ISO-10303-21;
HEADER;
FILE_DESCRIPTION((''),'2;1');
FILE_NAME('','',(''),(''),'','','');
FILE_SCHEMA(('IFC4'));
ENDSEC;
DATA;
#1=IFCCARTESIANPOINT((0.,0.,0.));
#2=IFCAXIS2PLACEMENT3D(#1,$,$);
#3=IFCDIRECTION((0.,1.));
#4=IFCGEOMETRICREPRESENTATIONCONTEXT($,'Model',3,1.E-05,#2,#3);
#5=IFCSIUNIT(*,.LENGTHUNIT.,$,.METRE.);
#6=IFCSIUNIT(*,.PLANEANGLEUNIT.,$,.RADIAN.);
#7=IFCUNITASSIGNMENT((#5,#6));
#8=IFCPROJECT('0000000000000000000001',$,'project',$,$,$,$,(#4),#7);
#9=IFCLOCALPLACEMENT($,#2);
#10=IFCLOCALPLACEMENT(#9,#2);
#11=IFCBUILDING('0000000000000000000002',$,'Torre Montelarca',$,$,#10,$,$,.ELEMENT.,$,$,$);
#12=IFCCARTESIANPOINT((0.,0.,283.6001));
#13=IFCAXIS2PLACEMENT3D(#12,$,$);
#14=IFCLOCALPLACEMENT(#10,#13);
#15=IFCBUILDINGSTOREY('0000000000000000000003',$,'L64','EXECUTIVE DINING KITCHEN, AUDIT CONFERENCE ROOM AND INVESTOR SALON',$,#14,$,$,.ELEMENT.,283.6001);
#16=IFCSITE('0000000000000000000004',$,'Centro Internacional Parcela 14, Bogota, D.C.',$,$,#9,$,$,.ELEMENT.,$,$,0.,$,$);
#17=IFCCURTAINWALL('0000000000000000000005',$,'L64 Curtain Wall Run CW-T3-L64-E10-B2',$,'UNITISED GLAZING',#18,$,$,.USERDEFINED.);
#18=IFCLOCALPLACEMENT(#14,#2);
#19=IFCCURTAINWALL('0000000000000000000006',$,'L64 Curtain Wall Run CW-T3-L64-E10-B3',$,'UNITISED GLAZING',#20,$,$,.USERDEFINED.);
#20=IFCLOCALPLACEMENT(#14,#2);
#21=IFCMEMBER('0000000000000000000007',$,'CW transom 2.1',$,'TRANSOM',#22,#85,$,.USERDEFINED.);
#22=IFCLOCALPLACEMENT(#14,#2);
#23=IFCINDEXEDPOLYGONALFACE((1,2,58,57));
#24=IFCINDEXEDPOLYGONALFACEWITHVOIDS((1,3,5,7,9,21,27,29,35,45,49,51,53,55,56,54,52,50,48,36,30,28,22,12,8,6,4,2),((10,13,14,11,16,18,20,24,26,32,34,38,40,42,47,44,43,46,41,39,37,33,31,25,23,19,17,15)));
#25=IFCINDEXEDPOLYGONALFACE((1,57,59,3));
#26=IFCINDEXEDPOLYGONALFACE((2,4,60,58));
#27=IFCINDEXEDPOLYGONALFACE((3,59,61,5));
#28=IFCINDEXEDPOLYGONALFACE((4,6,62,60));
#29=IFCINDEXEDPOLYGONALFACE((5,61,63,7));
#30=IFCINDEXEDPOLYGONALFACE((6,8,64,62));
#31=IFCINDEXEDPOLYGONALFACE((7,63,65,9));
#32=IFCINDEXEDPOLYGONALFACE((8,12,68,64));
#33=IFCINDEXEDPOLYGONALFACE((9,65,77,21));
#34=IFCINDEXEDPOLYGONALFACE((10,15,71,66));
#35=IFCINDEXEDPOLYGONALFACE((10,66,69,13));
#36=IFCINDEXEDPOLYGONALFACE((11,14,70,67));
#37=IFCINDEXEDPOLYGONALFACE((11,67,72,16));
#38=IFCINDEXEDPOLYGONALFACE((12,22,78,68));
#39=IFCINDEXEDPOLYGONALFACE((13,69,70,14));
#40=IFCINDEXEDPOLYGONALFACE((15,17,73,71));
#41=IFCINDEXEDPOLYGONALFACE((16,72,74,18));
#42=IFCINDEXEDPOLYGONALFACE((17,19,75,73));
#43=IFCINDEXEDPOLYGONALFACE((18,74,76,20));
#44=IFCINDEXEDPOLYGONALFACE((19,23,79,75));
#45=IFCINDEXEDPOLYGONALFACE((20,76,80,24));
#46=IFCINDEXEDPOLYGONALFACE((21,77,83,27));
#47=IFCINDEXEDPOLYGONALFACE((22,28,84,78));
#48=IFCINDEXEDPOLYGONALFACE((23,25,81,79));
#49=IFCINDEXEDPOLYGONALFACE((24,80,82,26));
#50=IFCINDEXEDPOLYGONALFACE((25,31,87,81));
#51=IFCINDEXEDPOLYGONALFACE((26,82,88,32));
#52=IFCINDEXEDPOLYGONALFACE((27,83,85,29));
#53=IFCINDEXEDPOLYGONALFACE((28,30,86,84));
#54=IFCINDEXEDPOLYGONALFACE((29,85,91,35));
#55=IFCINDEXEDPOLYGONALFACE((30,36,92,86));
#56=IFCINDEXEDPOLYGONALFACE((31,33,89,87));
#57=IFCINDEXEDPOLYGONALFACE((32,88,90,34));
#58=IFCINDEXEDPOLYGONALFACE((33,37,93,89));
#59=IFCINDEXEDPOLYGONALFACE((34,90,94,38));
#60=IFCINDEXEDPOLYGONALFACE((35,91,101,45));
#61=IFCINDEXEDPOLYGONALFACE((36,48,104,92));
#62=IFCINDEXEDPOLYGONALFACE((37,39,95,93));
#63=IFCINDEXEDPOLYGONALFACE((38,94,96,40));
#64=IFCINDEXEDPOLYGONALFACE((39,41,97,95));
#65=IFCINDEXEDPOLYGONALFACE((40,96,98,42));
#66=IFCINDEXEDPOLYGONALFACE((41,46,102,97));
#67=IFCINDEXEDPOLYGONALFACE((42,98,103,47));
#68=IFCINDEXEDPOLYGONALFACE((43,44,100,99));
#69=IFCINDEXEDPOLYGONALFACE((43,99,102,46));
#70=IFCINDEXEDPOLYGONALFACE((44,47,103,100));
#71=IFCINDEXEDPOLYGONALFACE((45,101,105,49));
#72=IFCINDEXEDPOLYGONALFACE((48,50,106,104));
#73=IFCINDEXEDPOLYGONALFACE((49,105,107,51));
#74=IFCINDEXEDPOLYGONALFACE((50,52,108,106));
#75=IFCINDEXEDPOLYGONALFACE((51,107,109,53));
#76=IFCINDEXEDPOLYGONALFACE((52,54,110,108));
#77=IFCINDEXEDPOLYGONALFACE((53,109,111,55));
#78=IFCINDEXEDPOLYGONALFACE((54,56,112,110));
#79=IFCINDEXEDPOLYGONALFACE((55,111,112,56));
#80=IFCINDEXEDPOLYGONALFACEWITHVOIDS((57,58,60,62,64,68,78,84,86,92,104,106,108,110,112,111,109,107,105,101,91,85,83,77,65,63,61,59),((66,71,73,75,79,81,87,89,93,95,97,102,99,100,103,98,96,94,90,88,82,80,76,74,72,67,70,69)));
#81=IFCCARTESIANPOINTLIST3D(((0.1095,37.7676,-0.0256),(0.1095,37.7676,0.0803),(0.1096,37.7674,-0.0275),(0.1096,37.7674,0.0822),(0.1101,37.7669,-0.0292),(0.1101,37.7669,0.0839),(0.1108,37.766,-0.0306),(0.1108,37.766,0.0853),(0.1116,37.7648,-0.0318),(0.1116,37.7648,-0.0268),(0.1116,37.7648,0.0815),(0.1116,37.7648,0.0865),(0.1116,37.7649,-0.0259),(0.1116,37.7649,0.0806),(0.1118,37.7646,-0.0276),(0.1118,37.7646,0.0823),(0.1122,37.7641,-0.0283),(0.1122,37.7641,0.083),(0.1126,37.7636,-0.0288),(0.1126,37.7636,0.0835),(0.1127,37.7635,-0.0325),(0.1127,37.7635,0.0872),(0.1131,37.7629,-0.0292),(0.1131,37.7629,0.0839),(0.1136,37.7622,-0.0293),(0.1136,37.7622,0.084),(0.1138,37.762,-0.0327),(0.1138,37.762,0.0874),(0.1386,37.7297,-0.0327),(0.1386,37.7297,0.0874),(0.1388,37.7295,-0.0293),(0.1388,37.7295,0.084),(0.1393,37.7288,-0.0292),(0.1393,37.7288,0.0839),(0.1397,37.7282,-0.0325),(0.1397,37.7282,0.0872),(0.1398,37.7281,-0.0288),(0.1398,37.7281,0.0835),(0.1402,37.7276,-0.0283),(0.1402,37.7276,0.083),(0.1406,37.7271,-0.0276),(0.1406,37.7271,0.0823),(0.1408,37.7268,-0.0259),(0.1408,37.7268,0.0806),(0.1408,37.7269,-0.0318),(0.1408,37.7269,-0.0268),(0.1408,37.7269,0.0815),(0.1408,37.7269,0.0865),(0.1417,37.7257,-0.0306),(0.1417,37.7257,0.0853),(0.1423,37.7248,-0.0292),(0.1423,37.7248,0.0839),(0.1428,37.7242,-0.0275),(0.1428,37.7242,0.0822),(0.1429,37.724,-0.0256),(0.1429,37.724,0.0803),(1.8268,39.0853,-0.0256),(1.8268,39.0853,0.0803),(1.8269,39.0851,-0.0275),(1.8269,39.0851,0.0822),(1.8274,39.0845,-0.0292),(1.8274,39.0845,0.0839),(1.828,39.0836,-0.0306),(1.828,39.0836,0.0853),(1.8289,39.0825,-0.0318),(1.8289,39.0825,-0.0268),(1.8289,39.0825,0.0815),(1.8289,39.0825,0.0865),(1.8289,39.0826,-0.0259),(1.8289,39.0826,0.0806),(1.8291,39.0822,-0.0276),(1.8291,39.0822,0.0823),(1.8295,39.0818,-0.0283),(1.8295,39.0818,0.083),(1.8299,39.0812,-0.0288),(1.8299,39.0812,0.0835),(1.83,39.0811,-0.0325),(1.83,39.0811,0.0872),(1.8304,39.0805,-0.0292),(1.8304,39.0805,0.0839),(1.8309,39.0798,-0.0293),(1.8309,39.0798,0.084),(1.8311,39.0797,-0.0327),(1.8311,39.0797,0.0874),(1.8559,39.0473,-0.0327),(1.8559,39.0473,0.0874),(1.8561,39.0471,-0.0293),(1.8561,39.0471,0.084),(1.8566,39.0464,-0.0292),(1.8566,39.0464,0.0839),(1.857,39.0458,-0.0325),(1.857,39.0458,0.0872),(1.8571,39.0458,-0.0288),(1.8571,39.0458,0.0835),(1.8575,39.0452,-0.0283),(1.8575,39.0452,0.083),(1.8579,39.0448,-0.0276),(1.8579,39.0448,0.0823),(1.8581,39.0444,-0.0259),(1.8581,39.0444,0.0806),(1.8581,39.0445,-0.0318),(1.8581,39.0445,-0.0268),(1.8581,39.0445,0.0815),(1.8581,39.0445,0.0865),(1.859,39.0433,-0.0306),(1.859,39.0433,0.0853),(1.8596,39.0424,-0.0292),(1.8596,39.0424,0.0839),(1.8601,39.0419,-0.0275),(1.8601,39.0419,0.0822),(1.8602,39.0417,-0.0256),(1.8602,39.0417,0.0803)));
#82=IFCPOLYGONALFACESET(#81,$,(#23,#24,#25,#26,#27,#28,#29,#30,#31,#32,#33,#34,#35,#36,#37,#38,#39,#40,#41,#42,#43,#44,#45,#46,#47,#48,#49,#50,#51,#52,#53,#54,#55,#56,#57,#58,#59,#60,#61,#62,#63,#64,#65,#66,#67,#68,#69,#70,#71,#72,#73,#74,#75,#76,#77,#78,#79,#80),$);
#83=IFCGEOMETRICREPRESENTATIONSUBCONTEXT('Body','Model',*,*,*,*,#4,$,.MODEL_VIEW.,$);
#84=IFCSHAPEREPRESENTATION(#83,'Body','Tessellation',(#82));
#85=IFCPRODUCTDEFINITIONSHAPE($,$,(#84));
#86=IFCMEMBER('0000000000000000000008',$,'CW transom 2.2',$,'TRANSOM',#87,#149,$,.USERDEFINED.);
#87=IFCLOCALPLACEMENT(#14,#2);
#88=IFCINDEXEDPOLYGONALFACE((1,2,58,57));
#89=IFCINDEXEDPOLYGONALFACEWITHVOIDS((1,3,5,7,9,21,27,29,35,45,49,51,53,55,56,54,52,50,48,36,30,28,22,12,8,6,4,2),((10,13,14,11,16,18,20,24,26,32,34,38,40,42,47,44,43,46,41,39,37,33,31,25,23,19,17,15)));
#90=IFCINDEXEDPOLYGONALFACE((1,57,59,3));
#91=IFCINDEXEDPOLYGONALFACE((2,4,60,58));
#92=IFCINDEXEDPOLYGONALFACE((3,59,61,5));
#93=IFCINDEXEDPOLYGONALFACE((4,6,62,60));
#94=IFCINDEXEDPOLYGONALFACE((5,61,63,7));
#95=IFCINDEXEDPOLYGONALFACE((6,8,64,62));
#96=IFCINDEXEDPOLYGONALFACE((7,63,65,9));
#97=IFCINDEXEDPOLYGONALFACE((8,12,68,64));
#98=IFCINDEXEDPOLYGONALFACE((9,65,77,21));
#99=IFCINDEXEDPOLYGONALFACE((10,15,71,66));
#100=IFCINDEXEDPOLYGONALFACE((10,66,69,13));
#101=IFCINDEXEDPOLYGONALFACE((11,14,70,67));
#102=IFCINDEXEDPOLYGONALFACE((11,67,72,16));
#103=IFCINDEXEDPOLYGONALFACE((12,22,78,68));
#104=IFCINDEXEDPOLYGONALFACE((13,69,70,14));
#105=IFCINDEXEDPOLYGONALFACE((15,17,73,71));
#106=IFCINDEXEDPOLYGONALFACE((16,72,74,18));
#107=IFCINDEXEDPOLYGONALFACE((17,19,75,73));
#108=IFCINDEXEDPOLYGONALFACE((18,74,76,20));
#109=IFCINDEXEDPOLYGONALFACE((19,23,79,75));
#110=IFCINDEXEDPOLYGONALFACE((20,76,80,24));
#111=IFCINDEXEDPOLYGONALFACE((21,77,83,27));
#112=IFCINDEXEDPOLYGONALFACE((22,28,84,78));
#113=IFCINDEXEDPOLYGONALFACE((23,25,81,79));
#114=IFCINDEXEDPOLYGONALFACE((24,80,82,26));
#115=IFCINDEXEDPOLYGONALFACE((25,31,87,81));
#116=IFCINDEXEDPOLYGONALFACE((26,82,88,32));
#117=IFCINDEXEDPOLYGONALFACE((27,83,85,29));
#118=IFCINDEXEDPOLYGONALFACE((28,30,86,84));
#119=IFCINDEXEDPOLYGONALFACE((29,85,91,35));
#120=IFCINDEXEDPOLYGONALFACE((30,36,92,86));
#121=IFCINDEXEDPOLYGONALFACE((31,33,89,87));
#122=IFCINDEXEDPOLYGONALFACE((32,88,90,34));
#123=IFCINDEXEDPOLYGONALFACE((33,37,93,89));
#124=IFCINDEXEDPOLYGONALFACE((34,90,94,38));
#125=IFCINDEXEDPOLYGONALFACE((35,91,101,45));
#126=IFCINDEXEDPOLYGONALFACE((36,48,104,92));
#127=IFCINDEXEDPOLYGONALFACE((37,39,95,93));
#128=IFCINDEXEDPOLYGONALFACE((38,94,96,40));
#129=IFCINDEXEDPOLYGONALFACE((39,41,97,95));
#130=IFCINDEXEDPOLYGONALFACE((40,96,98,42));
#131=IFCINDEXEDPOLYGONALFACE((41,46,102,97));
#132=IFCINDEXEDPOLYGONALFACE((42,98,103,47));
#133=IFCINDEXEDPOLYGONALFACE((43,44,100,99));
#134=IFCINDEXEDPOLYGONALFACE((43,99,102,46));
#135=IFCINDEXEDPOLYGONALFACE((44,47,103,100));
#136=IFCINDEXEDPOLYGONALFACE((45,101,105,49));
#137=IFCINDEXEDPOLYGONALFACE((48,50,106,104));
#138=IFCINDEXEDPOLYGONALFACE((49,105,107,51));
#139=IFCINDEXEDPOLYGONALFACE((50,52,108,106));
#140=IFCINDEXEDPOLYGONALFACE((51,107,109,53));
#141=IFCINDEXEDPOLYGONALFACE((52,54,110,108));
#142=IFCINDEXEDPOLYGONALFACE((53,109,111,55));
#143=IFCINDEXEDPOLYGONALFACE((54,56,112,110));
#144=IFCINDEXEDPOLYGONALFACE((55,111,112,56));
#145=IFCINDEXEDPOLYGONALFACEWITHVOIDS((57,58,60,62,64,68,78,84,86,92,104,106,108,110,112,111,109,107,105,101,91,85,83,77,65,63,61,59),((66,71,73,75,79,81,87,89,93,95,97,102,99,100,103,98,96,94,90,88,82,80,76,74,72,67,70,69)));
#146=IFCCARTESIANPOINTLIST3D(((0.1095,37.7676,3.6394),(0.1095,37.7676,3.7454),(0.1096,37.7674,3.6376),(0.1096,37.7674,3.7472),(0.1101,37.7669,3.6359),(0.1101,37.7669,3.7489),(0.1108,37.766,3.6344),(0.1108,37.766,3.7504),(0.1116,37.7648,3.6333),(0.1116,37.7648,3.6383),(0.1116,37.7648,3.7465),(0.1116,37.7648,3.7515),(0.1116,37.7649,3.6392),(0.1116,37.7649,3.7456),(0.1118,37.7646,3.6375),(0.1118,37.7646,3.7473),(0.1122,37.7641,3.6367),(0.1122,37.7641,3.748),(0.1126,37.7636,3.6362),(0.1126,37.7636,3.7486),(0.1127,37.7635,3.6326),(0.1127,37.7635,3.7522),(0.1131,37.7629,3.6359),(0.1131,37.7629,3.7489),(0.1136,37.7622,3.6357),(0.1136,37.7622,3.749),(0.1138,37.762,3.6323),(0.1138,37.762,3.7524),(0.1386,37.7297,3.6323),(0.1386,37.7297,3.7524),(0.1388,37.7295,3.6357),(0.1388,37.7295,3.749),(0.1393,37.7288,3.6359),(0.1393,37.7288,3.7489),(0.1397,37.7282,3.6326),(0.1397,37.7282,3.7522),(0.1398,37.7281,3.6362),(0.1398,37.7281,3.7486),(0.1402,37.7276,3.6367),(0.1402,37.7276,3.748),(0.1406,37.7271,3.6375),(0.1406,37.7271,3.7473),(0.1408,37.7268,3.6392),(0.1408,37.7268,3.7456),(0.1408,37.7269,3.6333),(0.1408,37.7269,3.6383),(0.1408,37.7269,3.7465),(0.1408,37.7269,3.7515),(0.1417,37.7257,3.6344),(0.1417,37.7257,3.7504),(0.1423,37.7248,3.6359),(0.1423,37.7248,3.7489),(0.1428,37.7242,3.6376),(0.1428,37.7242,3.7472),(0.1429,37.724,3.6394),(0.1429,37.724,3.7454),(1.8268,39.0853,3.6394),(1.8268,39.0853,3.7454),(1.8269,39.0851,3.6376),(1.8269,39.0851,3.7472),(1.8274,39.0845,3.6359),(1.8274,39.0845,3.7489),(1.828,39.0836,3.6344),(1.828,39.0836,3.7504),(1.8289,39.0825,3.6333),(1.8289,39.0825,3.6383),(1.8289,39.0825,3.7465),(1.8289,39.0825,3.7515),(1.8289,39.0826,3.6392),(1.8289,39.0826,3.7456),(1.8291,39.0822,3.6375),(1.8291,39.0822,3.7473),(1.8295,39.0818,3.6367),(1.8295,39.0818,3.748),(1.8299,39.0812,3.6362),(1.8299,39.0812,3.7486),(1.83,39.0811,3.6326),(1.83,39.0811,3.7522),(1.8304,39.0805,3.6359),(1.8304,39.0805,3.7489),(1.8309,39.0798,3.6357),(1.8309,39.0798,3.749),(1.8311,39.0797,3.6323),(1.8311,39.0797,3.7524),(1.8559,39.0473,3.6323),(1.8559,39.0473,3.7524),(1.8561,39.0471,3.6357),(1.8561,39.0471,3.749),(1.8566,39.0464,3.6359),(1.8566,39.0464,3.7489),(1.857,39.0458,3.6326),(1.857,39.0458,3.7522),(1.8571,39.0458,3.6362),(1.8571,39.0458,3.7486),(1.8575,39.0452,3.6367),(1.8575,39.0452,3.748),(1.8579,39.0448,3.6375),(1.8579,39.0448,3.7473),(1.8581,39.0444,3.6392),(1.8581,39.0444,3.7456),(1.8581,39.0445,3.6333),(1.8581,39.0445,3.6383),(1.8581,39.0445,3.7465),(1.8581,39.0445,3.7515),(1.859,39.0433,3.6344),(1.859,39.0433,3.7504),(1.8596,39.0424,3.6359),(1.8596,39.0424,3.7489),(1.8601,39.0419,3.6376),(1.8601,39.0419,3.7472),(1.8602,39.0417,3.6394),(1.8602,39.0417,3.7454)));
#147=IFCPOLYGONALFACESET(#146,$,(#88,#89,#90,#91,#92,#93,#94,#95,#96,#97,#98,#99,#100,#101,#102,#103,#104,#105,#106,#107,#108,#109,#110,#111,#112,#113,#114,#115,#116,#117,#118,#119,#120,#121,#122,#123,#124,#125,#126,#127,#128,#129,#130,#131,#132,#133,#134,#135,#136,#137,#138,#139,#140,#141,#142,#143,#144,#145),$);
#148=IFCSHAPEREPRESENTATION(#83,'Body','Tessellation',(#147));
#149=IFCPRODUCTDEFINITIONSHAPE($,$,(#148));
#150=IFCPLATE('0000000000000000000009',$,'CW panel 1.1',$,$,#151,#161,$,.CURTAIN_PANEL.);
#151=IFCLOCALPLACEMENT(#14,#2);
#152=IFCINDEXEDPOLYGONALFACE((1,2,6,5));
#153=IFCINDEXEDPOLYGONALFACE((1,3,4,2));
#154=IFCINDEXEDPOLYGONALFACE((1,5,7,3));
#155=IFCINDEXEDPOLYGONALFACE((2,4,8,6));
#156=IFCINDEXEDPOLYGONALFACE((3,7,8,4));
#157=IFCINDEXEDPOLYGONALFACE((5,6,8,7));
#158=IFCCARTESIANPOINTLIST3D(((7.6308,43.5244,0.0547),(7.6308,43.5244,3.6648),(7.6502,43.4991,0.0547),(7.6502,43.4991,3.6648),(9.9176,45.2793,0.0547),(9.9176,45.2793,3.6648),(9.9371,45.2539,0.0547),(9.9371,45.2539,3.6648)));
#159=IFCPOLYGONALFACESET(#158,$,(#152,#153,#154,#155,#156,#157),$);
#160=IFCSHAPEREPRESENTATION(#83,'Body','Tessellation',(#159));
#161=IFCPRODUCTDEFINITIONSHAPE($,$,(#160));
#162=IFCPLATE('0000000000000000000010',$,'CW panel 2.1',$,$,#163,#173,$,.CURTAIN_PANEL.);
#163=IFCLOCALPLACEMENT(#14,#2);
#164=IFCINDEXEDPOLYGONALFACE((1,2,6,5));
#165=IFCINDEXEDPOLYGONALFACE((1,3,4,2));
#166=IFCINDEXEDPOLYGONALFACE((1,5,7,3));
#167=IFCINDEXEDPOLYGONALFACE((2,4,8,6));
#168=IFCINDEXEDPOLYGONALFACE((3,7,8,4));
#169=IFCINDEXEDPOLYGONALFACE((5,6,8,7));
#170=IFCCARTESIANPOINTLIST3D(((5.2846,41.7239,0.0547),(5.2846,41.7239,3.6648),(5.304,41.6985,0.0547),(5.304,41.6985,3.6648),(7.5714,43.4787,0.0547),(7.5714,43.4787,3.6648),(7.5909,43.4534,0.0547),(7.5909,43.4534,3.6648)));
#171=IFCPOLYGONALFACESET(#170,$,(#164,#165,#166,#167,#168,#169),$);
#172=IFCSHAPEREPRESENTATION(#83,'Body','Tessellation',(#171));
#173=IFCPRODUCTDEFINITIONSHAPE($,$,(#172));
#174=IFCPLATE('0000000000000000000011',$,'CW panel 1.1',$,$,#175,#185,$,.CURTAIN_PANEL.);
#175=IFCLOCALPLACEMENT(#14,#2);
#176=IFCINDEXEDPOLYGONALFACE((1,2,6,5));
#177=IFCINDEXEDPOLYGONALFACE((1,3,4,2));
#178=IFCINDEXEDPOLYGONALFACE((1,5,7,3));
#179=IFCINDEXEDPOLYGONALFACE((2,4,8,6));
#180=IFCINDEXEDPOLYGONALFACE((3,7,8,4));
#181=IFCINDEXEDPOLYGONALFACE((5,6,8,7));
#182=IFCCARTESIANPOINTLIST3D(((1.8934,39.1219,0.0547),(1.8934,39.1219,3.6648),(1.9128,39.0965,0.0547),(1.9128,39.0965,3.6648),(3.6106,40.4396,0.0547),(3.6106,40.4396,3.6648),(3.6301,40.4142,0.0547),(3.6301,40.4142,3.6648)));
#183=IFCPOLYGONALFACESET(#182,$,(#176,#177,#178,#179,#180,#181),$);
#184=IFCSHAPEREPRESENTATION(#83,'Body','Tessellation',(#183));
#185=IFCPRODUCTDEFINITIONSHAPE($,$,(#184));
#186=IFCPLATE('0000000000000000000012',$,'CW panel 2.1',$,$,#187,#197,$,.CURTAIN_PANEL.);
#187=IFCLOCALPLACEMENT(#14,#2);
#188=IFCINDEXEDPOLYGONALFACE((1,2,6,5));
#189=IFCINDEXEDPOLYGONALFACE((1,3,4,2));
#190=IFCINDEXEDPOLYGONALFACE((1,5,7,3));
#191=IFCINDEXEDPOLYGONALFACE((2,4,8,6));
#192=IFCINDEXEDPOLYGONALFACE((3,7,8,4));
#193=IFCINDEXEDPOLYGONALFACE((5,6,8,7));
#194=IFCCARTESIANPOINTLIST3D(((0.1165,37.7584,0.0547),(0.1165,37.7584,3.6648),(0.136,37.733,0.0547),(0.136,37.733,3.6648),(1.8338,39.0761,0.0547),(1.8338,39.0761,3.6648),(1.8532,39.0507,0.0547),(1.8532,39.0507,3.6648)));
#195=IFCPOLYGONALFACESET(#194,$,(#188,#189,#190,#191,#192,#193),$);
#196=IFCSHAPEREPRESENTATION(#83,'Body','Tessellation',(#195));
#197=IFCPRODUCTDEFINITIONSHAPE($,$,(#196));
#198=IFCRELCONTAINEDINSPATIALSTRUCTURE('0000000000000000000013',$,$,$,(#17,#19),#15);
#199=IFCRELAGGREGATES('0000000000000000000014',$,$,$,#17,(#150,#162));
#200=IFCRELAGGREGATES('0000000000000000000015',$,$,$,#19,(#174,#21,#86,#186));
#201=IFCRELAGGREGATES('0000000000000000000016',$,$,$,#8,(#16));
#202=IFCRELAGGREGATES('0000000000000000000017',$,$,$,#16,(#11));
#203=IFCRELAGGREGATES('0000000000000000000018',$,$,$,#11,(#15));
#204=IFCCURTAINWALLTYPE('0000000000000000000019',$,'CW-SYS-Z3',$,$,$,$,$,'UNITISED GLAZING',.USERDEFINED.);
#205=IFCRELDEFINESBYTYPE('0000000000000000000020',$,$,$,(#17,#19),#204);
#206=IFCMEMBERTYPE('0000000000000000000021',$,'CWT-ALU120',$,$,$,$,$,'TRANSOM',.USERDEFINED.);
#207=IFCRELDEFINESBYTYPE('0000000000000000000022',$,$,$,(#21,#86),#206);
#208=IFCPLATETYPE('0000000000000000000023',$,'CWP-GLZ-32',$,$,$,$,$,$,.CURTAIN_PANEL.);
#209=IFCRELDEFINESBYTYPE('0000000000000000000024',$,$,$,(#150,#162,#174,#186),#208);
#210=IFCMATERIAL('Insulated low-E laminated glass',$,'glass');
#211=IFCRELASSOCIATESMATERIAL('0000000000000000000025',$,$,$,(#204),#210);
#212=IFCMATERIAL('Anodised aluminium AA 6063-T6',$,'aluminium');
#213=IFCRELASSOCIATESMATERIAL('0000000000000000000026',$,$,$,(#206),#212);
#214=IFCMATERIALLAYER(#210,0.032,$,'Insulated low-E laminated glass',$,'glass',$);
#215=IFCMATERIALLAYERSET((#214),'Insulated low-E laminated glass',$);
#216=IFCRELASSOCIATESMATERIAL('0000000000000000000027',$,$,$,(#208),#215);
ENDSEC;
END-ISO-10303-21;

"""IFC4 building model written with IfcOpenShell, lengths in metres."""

from ifc_helpers import new_model, si_unit, direction, frame, origin, origin_2d, place, context, subcontext, project, spatial, rectangle, hollow_rectangle, extrude, source, transform, mapped, material, layer, layer_set, material_profile, profile_set, type_object, element, aggregate, save


model = new_model("IFC4")

# Units and contexts
model_context = context("Model", 3, precision=1e-05, world=origin(), true_north=direction((0.0, 1.0)))
body_context = subcontext(model_context, "Body", "Model", "MODEL_VIEW")
ifc_project = project(units=[si_unit("LENGTHUNIT", "METRE"), si_unit("PLANEANGLEUNIT", "RADIAN")], contexts=[model_context])

# Site, building, storey
site_placement = place(None, origin())
site = spatial("IfcSite", under=ifc_project, at=site_placement, Name="Centro Internacional Parcela 14, Bogota, D.C.", CompositionType="ELEMENT", RefElevation=0.0)
building_placement = place(site_placement, origin())
building = spatial("IfcBuilding", under=site, at=building_placement, Name="Torre Montelarca", CompositionType="ELEMENT")
storey_placement = place(building_placement, frame((0.0, 0.0, 283.6001)))
storey = spatial("IfcBuildingStorey", under=building, at=storey_placement, Name="L64", Description="EXECUTIVE DINING KITCHEN, AUDIT CONFERENCE ROOM AND INVESTOR SALON", CompositionType="ELEMENT", Elevation=283.6001)

# Curtain walls
ifc_material_1 = material(Name="Insulated low-E laminated glass", Category="glass")
curtain_wall_type = type_object("IfcCurtainWallType", Name="CW-SYS-Z3", ElementType="UNITISED GLAZING", PredefinedType="USERDEFINED", material=ifc_material_1)
curtain_wall_1_placement = place(storey_placement, origin())
curtain_wall_1 = element("IfcCurtainWall", 1, at=curtain_wall_1_placement, inside=storey, type_object=curtain_wall_type, Name="L64 Curtain Wall Run CW-T3-L64-E10-B2", ObjectType="UNITISED GLAZING", PredefinedType="USERDEFINED")
ifc_material_2 = material(Name="Anodised aluminium AA 6063-T6", Category="aluminium")
curtain_wall_2_placement = place(storey_placement, origin())
curtain_wall_2 = element("IfcCurtainWall", 2, at=curtain_wall_2_placement, inside=storey, type_object=curtain_wall_type, Name="L64 Curtain Wall Run CW-T3-L64-E10-B3", ObjectType="UNITISED GLAZING", PredefinedType="USERDEFINED")

# Members
ifc_material_profile_1 = material_profile(ifc_material_2, hollow_rectangle(XDim=0.0549, YDim=0.1201, WallThickness=0.0034, InnerFilletRadius=0.0034, OuterFilletRadius=0.0071, at=origin_2d()), Name="ALU55X120X3.5", Category="aluminium")
ifc_profile_set_1 = profile_set([ifc_material_profile_1], Name="Anodised aluminium AA 6063-T6")
member_type_1 = type_object("IfcMemberType", Name="CWT-ALU120", ElementType="TRANSOM", PredefinedType="USERDEFINED", material=ifc_profile_set_1)
shared_shape_1 = source(origin(), body_context, "Body", "SweptSolid", [
    extrude(hollow_rectangle(XDim=0.0549, YDim=0.1201, WallThickness=0.0034, InnerFilletRadius=0.0034, OuterFilletRadius=0.0071, at=origin_2d()), origin(), (0.0, 0.0, 1.0), 2.1646),
])
member_1_placement = place(storey_placement, frame((1.8435, 39.0635, 0.0273), z_axis=(-0.793374, -0.608735, 0.0), x_axis=(0.608735, -0.793374, 0.0)))
member_1 = element("IfcMember", 3, at=member_1_placement, type_object=member_type_1, Name="CW transom 2.1", ObjectType="TRANSOM", PredefinedType="USERDEFINED", context=body_context, shape_type="MappedRepresentation", body=[
    mapped(shared_shape_1, transform((0.0, 0.0, 0.0), scale=1.0)),
])
member_2_placement = place(storey_placement, frame((1.8435, 39.0635, 3.6924), z_axis=(-0.793374, -0.608735, 0.0), x_axis=(0.608735, -0.793374, 0.0)))
member_2 = element("IfcMember", 4, at=member_2_placement, type_object=member_type_1, Name="CW transom 2.2", ObjectType="TRANSOM", PredefinedType="USERDEFINED", context=body_context, shape_type="MappedRepresentation", body=[
    mapped(shared_shape_1, transform((0.0, 0.0, 0.0), scale=1.0)),
])

# Plates
ifc_layer_1 = layer(ifc_material_1, 0.032, Name="Insulated low-E laminated glass", Category="glass")
ifc_layer_set_1 = layer_set([ifc_layer_1], Name="Insulated low-E laminated glass")
plate_type = type_object("IfcPlateType", Name="CWP-GLZ-32", PredefinedType="CURTAIN_PANEL", material=ifc_layer_set_1)
shared_shape_2 = source(origin(), body_context, "Body", "SweptSolid", [
    extrude(rectangle(XDim=2.8826, YDim=0.032, at=origin_2d()), origin(), (0.0, 0.0, 1.0), 3.6101),
])
plate_1_placement = place(storey_placement, frame((8.7839, 44.3892, 0.0547), z_axis=(0.0, 0.0, 1.0), x_axis=(-0.793345, -0.608773, 0.0)))
plate_1 = element("IfcPlate", 5, at=plate_1_placement, type_object=plate_type, Name="CW panel 1.1", PredefinedType="CURTAIN_PANEL", context=body_context, shape_type="MappedRepresentation", body=[
    mapped(shared_shape_2, transform((0.0, 0.0, 0.0), scale=1.0)),
])
plate_2_placement = place(storey_placement, frame((6.4377, 42.5886, 0.0547), z_axis=(0.0, 0.0, 1.0), x_axis=(-0.793345, -0.608773, 0.0)))
plate_2 = element("IfcPlate", 6, at=plate_2_placement, type_object=plate_type, Name="CW panel 2.1", PredefinedType="CURTAIN_PANEL", context=body_context, shape_type="MappedRepresentation", body=[
    mapped(shared_shape_2, transform((0.0, 0.0, 0.0), scale=1.0)),
])
aggregate(curtain_wall_1, [plate_1, plate_2])
shared_shape_3 = source(origin(), body_context, "Body", "SweptSolid", [
    extrude(rectangle(XDim=2.1646, YDim=0.032, at=origin_2d()), origin(), (0.0, 0.0, 1.0), 3.6101),
])
plate_3_placement = place(storey_placement, frame((2.7617, 39.7681, 0.0547), z_axis=(0.0, 0.0, 1.0), x_axis=(-0.793356, -0.608757, 0.0)))
plate_3 = element("IfcPlate", 7, at=plate_3_placement, type_object=plate_type, Name="CW panel 1.1", PredefinedType="CURTAIN_PANEL", context=body_context, shape_type="MappedRepresentation", body=[
    mapped(shared_shape_3, transform((0.0, 0.0, 0.0), scale=1.0)),
])
plate_4_placement = place(storey_placement, frame((0.9849, 38.4045, 0.0547), z_axis=(0.0, 0.0, 1.0), x_axis=(-0.793356, -0.608757, 0.0)))
plate_4 = element("IfcPlate", 8, at=plate_4_placement, type_object=plate_type, Name="CW panel 2.1", PredefinedType="CURTAIN_PANEL", context=body_context, shape_type="MappedRepresentation", body=[
    mapped(shared_shape_3, transform((0.0, 0.0, 0.0), scale=1.0)),
])
aggregate(curtain_wall_2, [plate_3, member_1, member_2, plate_4])

save(model, "model.ifc")
